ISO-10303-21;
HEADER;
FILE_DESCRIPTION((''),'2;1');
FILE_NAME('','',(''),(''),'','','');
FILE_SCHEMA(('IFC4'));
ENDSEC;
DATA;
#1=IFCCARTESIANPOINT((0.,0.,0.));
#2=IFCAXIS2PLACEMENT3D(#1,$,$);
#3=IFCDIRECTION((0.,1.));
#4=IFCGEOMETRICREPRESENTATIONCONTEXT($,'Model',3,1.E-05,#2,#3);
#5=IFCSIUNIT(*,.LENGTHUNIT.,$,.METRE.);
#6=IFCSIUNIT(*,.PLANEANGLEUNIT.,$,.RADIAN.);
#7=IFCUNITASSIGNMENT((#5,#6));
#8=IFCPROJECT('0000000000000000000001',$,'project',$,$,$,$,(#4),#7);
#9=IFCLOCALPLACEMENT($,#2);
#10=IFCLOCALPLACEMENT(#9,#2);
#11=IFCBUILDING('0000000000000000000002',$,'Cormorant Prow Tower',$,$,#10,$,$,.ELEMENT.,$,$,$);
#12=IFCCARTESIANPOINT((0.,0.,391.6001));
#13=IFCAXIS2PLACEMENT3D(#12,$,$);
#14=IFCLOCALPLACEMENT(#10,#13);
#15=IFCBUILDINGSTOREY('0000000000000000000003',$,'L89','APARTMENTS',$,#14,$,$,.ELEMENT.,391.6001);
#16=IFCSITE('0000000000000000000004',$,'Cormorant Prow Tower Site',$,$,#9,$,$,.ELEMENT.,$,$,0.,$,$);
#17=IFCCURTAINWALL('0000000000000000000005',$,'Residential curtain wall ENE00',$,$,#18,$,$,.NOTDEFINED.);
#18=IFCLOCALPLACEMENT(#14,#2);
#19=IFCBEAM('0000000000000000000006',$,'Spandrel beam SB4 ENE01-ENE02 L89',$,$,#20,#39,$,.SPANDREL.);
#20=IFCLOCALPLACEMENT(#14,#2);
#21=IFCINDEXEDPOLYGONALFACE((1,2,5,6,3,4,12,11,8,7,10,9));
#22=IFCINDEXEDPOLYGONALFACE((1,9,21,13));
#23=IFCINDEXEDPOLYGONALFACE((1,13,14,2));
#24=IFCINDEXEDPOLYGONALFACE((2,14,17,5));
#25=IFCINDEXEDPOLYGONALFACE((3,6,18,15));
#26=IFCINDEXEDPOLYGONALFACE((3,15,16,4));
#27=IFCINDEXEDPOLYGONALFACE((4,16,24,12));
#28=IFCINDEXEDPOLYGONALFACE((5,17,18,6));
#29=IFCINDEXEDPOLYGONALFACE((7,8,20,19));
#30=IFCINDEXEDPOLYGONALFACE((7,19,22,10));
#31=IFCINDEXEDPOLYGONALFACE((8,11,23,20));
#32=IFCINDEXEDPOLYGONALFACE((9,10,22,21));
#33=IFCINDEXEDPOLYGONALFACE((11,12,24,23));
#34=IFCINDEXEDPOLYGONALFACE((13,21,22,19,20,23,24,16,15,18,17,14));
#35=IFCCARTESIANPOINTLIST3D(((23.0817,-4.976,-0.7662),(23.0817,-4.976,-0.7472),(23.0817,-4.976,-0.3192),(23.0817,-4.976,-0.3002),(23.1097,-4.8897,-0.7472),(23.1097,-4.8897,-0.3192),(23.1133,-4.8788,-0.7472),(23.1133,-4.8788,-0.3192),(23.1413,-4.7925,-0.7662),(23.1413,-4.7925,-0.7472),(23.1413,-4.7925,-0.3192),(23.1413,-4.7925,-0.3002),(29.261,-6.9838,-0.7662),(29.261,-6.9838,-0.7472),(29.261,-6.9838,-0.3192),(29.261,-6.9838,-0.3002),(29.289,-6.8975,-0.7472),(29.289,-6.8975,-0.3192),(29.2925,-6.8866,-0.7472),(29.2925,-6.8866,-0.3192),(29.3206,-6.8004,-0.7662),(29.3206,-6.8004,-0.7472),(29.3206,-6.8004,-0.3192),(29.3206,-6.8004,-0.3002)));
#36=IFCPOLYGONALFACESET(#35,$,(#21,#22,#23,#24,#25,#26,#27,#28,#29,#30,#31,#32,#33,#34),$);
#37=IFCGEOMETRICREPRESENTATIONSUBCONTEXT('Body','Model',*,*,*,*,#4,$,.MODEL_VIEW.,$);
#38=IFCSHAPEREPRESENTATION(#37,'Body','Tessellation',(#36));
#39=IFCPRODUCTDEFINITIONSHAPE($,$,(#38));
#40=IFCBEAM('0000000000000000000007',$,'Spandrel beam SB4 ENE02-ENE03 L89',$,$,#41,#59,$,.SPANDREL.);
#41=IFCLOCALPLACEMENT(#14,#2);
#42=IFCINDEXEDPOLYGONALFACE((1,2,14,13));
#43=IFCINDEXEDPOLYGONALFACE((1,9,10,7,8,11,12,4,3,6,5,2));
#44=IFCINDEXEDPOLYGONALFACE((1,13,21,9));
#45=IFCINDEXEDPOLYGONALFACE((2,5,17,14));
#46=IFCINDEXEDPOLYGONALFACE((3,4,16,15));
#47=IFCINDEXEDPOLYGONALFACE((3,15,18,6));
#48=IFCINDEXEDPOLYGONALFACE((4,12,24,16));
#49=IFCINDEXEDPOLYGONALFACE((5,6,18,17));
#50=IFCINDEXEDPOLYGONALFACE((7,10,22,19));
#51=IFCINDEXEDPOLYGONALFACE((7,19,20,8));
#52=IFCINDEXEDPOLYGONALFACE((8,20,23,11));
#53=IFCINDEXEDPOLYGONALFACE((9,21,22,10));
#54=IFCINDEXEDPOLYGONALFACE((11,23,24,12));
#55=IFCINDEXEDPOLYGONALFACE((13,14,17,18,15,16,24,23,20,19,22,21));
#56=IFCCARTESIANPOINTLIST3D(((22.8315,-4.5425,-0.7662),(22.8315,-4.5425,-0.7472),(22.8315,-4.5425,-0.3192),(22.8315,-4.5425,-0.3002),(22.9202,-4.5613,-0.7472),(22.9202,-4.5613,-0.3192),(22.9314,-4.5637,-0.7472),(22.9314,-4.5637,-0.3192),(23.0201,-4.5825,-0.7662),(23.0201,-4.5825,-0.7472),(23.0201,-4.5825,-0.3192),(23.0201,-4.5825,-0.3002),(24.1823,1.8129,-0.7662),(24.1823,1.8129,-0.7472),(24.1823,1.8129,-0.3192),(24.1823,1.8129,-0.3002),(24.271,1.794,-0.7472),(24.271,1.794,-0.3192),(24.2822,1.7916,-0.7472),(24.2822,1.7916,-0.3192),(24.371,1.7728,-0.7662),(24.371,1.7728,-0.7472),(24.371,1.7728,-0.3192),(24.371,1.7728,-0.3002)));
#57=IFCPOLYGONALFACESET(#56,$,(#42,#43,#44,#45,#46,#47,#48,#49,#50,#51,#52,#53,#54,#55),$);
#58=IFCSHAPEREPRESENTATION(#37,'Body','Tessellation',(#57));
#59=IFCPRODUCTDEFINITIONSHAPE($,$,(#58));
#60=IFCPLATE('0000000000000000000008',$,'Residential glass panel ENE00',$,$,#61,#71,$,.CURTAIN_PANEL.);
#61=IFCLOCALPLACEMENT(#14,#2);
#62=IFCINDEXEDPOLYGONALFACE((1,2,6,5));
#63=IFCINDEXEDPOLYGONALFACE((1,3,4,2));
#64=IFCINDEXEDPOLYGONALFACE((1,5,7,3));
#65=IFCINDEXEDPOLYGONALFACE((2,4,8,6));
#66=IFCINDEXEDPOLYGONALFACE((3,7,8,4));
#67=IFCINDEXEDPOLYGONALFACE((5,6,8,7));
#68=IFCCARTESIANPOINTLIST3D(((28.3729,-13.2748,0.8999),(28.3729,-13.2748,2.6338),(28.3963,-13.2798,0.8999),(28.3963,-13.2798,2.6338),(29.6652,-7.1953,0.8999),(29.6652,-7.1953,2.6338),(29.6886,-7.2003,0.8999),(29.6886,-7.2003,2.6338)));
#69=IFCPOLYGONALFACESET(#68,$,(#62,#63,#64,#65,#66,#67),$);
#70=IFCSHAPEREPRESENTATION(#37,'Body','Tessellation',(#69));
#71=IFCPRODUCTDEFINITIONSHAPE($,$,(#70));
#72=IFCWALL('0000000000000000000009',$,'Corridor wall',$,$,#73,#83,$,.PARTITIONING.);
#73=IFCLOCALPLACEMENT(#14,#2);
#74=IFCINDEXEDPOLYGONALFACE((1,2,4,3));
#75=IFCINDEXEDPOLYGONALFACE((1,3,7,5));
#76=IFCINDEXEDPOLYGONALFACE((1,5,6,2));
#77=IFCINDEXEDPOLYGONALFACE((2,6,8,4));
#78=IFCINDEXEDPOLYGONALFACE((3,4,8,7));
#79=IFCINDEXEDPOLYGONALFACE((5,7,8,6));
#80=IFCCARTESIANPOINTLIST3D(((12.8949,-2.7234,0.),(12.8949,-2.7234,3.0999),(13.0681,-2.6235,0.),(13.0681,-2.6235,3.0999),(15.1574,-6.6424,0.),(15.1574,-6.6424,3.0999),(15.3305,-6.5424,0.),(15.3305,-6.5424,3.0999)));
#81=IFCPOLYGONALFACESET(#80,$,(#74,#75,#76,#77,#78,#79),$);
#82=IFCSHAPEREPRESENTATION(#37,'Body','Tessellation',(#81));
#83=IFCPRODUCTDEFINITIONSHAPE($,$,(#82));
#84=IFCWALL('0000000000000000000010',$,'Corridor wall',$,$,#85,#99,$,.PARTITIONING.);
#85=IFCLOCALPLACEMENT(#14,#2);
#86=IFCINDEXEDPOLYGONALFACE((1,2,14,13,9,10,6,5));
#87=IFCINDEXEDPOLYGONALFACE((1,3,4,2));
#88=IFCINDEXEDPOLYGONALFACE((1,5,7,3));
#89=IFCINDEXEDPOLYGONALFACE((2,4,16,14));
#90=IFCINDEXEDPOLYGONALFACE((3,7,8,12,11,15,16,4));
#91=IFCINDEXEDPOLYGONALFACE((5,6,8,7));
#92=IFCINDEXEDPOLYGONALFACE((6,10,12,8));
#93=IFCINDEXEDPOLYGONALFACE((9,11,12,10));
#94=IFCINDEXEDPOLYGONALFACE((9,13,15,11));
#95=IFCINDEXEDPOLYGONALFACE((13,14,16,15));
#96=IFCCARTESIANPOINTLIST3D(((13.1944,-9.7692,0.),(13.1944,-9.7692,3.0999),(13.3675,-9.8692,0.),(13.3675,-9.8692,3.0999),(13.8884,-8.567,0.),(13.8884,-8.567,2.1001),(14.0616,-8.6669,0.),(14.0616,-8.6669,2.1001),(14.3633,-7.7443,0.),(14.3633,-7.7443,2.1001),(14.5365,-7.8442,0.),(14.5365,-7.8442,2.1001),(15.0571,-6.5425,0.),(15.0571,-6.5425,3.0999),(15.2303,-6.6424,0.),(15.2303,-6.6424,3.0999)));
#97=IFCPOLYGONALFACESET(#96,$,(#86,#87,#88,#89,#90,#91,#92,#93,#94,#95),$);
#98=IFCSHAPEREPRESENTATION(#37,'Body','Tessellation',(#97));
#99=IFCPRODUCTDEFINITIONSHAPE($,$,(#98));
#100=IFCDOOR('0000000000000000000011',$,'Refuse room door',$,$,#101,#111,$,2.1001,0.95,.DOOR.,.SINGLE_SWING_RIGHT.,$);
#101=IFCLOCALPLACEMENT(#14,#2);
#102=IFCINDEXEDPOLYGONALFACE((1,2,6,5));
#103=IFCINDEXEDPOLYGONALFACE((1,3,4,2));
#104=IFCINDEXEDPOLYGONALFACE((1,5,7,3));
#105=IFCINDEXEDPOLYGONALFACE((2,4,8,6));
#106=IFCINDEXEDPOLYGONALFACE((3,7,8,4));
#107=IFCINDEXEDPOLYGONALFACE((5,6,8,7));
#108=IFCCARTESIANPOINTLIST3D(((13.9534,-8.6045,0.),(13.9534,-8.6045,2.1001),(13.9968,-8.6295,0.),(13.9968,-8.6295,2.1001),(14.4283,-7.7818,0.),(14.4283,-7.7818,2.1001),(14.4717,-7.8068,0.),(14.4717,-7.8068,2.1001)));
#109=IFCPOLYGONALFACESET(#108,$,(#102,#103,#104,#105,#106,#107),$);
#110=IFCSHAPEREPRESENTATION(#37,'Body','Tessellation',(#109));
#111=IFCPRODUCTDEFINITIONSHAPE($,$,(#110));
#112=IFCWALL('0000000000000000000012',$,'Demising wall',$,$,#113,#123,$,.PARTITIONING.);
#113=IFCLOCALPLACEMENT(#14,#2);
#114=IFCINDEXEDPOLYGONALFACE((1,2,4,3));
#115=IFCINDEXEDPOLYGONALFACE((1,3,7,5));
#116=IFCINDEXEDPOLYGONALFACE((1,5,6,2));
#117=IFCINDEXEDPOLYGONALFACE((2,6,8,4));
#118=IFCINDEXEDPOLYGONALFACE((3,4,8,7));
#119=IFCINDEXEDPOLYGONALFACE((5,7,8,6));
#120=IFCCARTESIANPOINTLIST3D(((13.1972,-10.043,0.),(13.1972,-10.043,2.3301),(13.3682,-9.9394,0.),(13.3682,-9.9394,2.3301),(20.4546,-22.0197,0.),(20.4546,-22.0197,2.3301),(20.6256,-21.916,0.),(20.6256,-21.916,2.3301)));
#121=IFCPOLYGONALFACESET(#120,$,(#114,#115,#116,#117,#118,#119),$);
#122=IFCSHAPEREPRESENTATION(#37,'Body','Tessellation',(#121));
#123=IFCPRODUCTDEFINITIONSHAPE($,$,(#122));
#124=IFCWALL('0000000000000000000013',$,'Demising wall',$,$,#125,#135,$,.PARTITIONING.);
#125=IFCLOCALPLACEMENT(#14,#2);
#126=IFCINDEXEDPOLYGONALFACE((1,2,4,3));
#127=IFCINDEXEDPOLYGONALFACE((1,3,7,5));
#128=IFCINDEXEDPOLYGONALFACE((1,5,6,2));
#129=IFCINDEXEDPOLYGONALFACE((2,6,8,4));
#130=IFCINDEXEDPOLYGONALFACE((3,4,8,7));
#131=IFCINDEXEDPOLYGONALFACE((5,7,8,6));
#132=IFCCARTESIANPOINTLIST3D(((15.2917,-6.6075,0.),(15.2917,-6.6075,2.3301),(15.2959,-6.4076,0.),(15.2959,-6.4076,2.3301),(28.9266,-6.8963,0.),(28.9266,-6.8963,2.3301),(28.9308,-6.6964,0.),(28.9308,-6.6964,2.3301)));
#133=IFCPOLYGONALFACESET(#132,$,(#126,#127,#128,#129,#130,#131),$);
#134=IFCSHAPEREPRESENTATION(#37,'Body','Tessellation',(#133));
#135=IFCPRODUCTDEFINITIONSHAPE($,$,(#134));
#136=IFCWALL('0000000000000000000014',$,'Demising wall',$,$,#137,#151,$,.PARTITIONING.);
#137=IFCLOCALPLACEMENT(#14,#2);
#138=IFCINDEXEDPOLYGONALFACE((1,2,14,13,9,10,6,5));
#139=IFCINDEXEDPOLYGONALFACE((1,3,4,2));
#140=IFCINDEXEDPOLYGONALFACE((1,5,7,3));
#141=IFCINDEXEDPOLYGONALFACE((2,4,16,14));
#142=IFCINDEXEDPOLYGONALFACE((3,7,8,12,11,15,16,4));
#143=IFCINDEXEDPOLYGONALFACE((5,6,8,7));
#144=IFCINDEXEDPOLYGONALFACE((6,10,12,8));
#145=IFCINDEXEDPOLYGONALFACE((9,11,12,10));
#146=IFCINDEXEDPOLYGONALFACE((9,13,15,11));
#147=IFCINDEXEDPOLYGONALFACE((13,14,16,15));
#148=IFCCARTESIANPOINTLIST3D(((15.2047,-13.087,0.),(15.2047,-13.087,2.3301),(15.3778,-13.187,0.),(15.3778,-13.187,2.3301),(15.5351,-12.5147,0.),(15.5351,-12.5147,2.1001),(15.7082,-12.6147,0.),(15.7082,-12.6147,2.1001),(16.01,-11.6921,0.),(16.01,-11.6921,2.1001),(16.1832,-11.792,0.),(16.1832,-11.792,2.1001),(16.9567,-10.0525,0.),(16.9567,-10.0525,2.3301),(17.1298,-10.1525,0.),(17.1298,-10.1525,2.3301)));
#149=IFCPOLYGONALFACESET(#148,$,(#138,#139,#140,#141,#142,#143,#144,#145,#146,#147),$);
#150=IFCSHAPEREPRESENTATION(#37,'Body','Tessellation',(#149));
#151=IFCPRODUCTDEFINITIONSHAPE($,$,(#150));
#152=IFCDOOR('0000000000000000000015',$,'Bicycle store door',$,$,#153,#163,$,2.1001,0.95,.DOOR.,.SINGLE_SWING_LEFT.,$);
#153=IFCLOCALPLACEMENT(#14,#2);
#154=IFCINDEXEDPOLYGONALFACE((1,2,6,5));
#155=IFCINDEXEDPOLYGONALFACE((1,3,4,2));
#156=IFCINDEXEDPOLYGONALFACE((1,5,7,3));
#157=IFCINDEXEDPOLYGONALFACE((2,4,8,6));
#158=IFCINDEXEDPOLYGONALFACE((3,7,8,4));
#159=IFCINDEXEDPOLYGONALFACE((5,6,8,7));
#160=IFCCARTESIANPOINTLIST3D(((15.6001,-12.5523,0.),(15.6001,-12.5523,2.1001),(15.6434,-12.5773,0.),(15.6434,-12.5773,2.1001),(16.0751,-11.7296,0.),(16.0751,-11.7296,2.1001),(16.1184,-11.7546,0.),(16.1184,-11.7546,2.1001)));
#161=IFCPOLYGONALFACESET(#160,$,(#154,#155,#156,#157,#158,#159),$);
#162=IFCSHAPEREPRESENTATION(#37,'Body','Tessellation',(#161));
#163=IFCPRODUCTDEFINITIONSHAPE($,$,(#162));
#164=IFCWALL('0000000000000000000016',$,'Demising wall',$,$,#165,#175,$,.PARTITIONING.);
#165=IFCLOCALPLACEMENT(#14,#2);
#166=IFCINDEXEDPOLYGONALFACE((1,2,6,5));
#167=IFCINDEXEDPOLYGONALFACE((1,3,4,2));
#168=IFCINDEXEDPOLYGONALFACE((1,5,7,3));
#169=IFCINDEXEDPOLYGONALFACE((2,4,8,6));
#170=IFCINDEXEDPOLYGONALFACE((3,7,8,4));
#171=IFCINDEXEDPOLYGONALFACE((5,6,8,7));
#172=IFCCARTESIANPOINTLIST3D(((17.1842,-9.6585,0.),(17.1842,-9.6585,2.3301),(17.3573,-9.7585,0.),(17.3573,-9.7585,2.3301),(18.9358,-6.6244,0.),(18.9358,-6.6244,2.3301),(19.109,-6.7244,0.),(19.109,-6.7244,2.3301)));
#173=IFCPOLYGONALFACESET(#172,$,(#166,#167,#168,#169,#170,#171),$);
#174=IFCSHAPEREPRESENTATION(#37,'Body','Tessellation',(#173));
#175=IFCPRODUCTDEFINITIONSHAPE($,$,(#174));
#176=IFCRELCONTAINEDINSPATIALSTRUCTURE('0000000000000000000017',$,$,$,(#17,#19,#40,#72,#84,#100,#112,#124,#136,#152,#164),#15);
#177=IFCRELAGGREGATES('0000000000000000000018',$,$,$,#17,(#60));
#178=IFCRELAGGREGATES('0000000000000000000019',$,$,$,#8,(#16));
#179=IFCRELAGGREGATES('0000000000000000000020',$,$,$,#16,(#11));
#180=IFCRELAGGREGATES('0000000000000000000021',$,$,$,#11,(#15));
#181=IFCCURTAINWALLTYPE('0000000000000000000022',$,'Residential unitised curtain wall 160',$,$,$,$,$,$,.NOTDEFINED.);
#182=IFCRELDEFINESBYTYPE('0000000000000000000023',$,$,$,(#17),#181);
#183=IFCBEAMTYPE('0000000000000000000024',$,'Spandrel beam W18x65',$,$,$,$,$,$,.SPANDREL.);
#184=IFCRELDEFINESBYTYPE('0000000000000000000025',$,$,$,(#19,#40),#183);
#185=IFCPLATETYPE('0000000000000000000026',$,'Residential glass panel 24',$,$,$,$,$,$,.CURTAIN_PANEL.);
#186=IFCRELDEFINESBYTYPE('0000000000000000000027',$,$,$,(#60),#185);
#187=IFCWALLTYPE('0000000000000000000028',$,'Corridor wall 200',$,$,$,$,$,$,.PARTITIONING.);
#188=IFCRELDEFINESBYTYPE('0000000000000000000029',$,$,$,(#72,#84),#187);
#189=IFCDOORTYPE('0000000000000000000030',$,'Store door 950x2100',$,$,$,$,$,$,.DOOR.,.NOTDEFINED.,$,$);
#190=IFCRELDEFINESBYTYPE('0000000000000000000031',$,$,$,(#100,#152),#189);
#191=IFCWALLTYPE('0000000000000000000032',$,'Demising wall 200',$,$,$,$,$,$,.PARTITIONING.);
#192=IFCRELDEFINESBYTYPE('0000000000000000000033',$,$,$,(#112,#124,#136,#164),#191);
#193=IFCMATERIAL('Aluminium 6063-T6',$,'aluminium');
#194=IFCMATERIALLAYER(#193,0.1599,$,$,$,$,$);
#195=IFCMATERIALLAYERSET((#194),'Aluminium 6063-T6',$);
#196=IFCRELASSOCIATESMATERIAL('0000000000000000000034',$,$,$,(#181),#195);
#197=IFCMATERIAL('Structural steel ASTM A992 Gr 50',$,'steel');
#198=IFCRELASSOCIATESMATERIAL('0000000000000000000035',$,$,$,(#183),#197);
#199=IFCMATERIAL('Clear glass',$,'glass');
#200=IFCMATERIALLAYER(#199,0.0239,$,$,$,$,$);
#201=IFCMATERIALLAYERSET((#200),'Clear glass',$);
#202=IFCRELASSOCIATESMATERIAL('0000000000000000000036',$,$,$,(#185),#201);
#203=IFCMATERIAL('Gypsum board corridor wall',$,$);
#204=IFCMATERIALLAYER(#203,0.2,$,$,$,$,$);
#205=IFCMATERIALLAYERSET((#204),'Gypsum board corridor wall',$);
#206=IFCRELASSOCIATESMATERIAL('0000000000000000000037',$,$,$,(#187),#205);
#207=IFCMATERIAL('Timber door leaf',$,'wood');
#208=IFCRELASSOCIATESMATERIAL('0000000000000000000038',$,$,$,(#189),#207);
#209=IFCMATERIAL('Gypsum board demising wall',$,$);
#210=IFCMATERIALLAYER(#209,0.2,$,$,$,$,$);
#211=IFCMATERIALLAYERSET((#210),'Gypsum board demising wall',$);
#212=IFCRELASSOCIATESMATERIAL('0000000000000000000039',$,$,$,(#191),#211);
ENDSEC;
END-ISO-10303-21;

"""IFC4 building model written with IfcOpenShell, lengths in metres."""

from ifc_helpers import new_model, si_unit, direction, frame, frame_2d, origin, origin_2d, place, context, subcontext, project, spatial, rectangle, i_section, extrude, material, layer, layer_set, material_profile, profile_set, type_object, element, fill, aggregate, save


model = new_model("IFC4")

# Units and contexts
model_context = context("Model", 3, precision=1e-05, world=origin(), true_north=direction((0.0, 1.0)))
body_context = subcontext(model_context, "Body", "Model", "MODEL_VIEW")
ifc_project = project(units=[si_unit("LENGTHUNIT", "METRE"), si_unit("PLANEANGLEUNIT", "RADIAN")], contexts=[model_context])

# Site, building, storey
site_placement = place(None, origin())
site = spatial("IfcSite", under=ifc_project, at=site_placement, Name="Cormorant Prow Tower Site", CompositionType="ELEMENT", RefElevation=0.0)
building_placement = place(site_placement, origin())
building = spatial("IfcBuilding", under=site, at=building_placement, Name="Cormorant Prow Tower", CompositionType="ELEMENT")
storey_placement = place(building_placement, frame((0.0, 0.0, 391.6001)))
storey = spatial("IfcBuildingStorey", under=building, at=storey_placement, Name="L89", Description="APARTMENTS", CompositionType="ELEMENT", Elevation=391.6001)

# Curtain wall
ifc_material_1 = material(Name="Aluminium 6063-T6", Category="aluminium")
ifc_layer_1 = layer(ifc_material_1, 0.1599)
ifc_layer_set_1 = layer_set([ifc_layer_1], Name="Aluminium 6063-T6")
curtain_wall_type = type_object("IfcCurtainWallType", Name="Residential unitised curtain wall 160", PredefinedType="NOTDEFINED", material=ifc_layer_set_1)
curtain_wall_1_placement = place(storey_placement, origin())
curtain_wall_1 = element("IfcCurtainWall", 1, at=curtain_wall_1_placement, inside=storey, type_object=curtain_wall_type, Name="Residential curtain wall ENE00", PredefinedType="NOTDEFINED")

# Beams
ifc_material_2 = material(Name="Structural steel ASTM A992 Gr 50", Category="steel")
ifc_material_profile_1 = material_profile(ifc_material_2, i_section(OverallWidth=0.1929, OverallDepth=0.4661, WebThickness=0.0115, FlangeThickness=0.019, at=origin_2d()), Name="W18x65")
ifc_profile_set_1 = profile_set([ifc_material_profile_1], Name="Structural steel ASTM A992 Gr 50")
beam_type_1 = type_object("IfcBeamType", Name="Spandrel beam W18x65", PredefinedType="SPANDREL", material=ifc_profile_set_1)
for number, where, z_axis, x_axis, name in (
    (2, (29.2908, -6.8921, -0.5332), (-0.951053, 0.309027, 0.0), (-0.309027, -0.951053, 0.0), "Spandrel beam SB4 ENE01-ENE02 L89"),
    (3, (22.9258, -4.5625, -0.5332), (0.20791, 0.978148, 0.0), (-0.978148, 0.20791, 0.0), "Spandrel beam SB4 ENE02-ENE03 L89"),
):
    element("IfcBeam", number, at=place(storey_placement, frame(where, z_axis=z_axis, x_axis=x_axis)), inside=storey, type_object=beam_type_1, Name=name, PredefinedType="SPANDREL", context=body_context, shape_type="SweptSolid", body=[
        extrude(i_section(OverallWidth=0.1929, OverallDepth=0.4661, WebThickness=0.0115, FlangeThickness=0.019, at=origin_2d()), origin(), (0.0, 0.0, 1.0), 6.4973),
    ])

# Plate
ifc_material_3 = material(Name="Clear glass", Category="glass")
ifc_layer_2 = layer(ifc_material_3, 0.0239)
ifc_layer_set_2 = layer_set([ifc_layer_2], Name="Clear glass")
plate_type = type_object("IfcPlateType", Name="Residential glass panel 24", PredefinedType="CURTAIN_PANEL", material=ifc_layer_set_2)
plate_placement = place(storey_placement, frame((29.0308, -10.2375, 0.8999), z_axis=(0.0, 0.0, 1.0), x_axis=(0.207912, 0.978148, 0.0)))
plate = element("IfcPlate", 4, at=plate_placement, type_object=plate_type, Name="Residential glass panel ENE00", PredefinedType="CURTAIN_PANEL", context=body_context, shape_type="SweptSolid", body=[
    extrude(rectangle(XDim=6.2153, YDim=0.0239, at=origin_2d()), origin(), (0.0, 0.0, 1.0), 1.7339),
])
aggregate(curtain_wall_1, [plate])

# Wall
ifc_material_4 = material(Name="Gypsum board corridor wall")
ifc_layer_3 = layer(ifc_material_4, 0.2)
ifc_layer_set_3 = layer_set([ifc_layer_3], Name="Gypsum board corridor wall")
wall_type_1 = type_object("IfcWallType", Name="Corridor wall 200", PredefinedType="PARTITIONING", material=ifc_layer_set_3)
wall_1_placement = place(storey_placement, frame((12.9814, -2.6733, 0.0), z_axis=(0.0, 0.0, 1.0), x_axis=(0.499975, -0.86604, 0.0)))
element("IfcWall", 5, at=wall_1_placement, inside=storey, type_object=wall_type_1, Name="Corridor wall", PredefinedType="PARTITIONING", context=body_context, shape_type="SweptSolid", body=[
    extrude(rectangle(XDim=4.5251, YDim=0.2, at=frame_2d((2.2627, 0.0))), origin(), (0.0, 0.0, 1.0), 3.0999),
])

# Wall, opening, door
wall_2_placement = place(storey_placement, frame((13.281, -9.8191, 0.0), z_axis=(0.0, 0.0, 1.0), x_axis=(0.499959, 0.866049, 0.0)))
wall_2 = element("IfcWall", 6, at=wall_2_placement, inside=storey, type_object=wall_type_1, Name="Corridor wall", PredefinedType="PARTITIONING", context=body_context, shape_type="SweptSolid", body=[
    extrude(rectangle(XDim=3.7258, YDim=0.2, at=frame_2d((1.8628, 0.0))), origin(), (0.0, 0.0, 1.0), 3.0999),
])
opening_1_placement = place(wall_2_placement, frame((1.3879, 0.0, 0.0)))
opening_1 = element("IfcOpeningElement", 7, at=opening_1_placement, cuts=wall_2, PredefinedType="OPENING", context=body_context, shape_type="SweptSolid", body=[
    extrude(rectangle(XDim=0.95, YDim=2.1001, at=frame_2d((0.4751, 1.05))), frame((0.0, 0.1099, 0.0), z_axis=(0.0, -1.0, 0.0), x_axis=(1.0, 0.0, 0.0)), (0.0, 0.0, 1.0), 0.22),
])
ifc_material_5 = material(Name="Timber door leaf", Category="wood")
door_type_1 = type_object("IfcDoorType", Name="Store door 950x2100", OperationType="NOTDEFINED", PredefinedType="DOOR", material=ifc_material_5)
door_1_placement = place(opening_1_placement, origin())
door_1 = element("IfcDoor", 8, at=door_1_placement, inside=storey, type_object=door_type_1, Name="Refuse room door", OperationType="SINGLE_SWING_RIGHT", OverallHeight=2.1001, OverallWidth=0.95, PredefinedType="DOOR", context=body_context, shape_type="SweptSolid", body=[
    extrude(rectangle(XDim=0.95, YDim=2.1001, at=frame_2d((0.4751, 1.05))), frame((0.0, 0.0249, 0.0), z_axis=(0.0, -1.0, 0.0), x_axis=(1.0, 0.0, 0.0)), (0.0, 0.0, 1.0), 0.05),
])
fill(opening_1, door_1)

# Walls
ifc_material_6 = material(Name="Gypsum board demising wall")
ifc_layer_4 = layer(ifc_material_6, 0.2)
ifc_layer_set_4 = layer_set([ifc_layer_4], Name="Gypsum board demising wall")
wall_type_2 = type_object("IfcWallType", Name="Demising wall 200", PredefinedType="PARTITIONING", material=ifc_layer_set_4)
wall_3_placement = place(storey_placement, frame((13.2827, -9.9912, 0.0), z_axis=(0.0, 0.0, 1.0), x_axis=(0.518239, -0.855236, 0.0)))
element("IfcWall", 9, at=wall_3_placement, inside=storey, type_object=wall_type_2, Name="Demising wall", PredefinedType="PARTITIONING", context=body_context, shape_type="SweptSolid", body=[
    extrude(rectangle(XDim=14.0039, YDim=0.2, at=frame_2d((7.002, 0.0))), origin(), (0.0, 0.0, 1.0), 2.3301),
])
wall_4_placement = place(storey_placement, frame((15.2939, -6.5076, 0.0), z_axis=(0.0, 0.0, 1.0), x_axis=(0.999776, -0.021178, 0.0)))
element("IfcWall", 10, at=wall_4_placement, inside=storey, type_object=wall_type_2, Name="Demising wall", PredefinedType="PARTITIONING", context=body_context, shape_type="SweptSolid", body=[
    extrude(rectangle(XDim=13.6379, YDim=0.2, at=frame_2d((6.8188, 0.0))), origin(), (0.0, 0.0, 1.0), 2.3301),
])

# Wall, opening, door
wall_5_placement = place(storey_placement, frame((15.2913, -13.137, 0.0), z_axis=(0.0, 0.0, 1.0), x_axis=(0.500006, 0.866022, 0.0)))
wall_5 = element("IfcWall", 11, at=wall_5_placement, inside=storey, type_object=wall_type_2, Name="Demising wall", PredefinedType="PARTITIONING", context=body_context, shape_type="SweptSolid", body=[
    extrude(rectangle(XDim=3.5039, YDim=0.2, at=frame_2d((1.752, 0.0))), origin(), (0.0, 0.0, 1.0), 2.3301),
])
opening_2_placement = place(wall_5_placement, frame((0.6606, 0.0, 0.0)))
opening_2 = element("IfcOpeningElement", 12, at=opening_2_placement, cuts=wall_5, PredefinedType="OPENING", context=body_context, shape_type="SweptSolid", body=[
    extrude(rectangle(XDim=0.95, YDim=2.1001, at=frame_2d((0.4751, 1.05))), frame((0.0, 0.1099, 0.0), z_axis=(0.0, -1.0, 0.0), x_axis=(1.0, 0.0, 0.0)), (0.0, 0.0, 1.0), 0.22),
])
door_2_placement = place(opening_2_placement, origin())
door_2 = element("IfcDoor", 13, at=door_2_placement, inside=storey, type_object=door_type_1, Name="Bicycle store door", OperationType="SINGLE_SWING_LEFT", OverallHeight=2.1001, OverallWidth=0.95, PredefinedType="DOOR", context=body_context, shape_type="SweptSolid", body=[
    extrude(rectangle(XDim=0.95, YDim=2.1001, at=frame_2d((0.4751, 1.05))), frame((0.0, 0.0249, 0.0), z_axis=(0.0, -1.0, 0.0), x_axis=(1.0, 0.0, 0.0)), (0.0, 0.0, 1.0), 0.05),
])
fill(opening_2, door_2)

# Wall
wall_6_placement = place(storey_placement, frame((17.2708, -9.7085, 0.0), z_axis=(0.0, 0.0, 1.0), x_axis=(0.499984, 0.866035, 0.0)))
element("IfcWall", 14, at=wall_6_placement, inside=storey, type_object=wall_type_2, Name="Demising wall", PredefinedType="PARTITIONING", context=body_context, shape_type="SweptSolid", body=[
    extrude(rectangle(XDim=3.5034, YDim=0.2, at=frame_2d((1.7517, 0.0))), origin(), (0.0, 0.0, 1.0), 2.3301),
])

save(model, "model.ifc")
